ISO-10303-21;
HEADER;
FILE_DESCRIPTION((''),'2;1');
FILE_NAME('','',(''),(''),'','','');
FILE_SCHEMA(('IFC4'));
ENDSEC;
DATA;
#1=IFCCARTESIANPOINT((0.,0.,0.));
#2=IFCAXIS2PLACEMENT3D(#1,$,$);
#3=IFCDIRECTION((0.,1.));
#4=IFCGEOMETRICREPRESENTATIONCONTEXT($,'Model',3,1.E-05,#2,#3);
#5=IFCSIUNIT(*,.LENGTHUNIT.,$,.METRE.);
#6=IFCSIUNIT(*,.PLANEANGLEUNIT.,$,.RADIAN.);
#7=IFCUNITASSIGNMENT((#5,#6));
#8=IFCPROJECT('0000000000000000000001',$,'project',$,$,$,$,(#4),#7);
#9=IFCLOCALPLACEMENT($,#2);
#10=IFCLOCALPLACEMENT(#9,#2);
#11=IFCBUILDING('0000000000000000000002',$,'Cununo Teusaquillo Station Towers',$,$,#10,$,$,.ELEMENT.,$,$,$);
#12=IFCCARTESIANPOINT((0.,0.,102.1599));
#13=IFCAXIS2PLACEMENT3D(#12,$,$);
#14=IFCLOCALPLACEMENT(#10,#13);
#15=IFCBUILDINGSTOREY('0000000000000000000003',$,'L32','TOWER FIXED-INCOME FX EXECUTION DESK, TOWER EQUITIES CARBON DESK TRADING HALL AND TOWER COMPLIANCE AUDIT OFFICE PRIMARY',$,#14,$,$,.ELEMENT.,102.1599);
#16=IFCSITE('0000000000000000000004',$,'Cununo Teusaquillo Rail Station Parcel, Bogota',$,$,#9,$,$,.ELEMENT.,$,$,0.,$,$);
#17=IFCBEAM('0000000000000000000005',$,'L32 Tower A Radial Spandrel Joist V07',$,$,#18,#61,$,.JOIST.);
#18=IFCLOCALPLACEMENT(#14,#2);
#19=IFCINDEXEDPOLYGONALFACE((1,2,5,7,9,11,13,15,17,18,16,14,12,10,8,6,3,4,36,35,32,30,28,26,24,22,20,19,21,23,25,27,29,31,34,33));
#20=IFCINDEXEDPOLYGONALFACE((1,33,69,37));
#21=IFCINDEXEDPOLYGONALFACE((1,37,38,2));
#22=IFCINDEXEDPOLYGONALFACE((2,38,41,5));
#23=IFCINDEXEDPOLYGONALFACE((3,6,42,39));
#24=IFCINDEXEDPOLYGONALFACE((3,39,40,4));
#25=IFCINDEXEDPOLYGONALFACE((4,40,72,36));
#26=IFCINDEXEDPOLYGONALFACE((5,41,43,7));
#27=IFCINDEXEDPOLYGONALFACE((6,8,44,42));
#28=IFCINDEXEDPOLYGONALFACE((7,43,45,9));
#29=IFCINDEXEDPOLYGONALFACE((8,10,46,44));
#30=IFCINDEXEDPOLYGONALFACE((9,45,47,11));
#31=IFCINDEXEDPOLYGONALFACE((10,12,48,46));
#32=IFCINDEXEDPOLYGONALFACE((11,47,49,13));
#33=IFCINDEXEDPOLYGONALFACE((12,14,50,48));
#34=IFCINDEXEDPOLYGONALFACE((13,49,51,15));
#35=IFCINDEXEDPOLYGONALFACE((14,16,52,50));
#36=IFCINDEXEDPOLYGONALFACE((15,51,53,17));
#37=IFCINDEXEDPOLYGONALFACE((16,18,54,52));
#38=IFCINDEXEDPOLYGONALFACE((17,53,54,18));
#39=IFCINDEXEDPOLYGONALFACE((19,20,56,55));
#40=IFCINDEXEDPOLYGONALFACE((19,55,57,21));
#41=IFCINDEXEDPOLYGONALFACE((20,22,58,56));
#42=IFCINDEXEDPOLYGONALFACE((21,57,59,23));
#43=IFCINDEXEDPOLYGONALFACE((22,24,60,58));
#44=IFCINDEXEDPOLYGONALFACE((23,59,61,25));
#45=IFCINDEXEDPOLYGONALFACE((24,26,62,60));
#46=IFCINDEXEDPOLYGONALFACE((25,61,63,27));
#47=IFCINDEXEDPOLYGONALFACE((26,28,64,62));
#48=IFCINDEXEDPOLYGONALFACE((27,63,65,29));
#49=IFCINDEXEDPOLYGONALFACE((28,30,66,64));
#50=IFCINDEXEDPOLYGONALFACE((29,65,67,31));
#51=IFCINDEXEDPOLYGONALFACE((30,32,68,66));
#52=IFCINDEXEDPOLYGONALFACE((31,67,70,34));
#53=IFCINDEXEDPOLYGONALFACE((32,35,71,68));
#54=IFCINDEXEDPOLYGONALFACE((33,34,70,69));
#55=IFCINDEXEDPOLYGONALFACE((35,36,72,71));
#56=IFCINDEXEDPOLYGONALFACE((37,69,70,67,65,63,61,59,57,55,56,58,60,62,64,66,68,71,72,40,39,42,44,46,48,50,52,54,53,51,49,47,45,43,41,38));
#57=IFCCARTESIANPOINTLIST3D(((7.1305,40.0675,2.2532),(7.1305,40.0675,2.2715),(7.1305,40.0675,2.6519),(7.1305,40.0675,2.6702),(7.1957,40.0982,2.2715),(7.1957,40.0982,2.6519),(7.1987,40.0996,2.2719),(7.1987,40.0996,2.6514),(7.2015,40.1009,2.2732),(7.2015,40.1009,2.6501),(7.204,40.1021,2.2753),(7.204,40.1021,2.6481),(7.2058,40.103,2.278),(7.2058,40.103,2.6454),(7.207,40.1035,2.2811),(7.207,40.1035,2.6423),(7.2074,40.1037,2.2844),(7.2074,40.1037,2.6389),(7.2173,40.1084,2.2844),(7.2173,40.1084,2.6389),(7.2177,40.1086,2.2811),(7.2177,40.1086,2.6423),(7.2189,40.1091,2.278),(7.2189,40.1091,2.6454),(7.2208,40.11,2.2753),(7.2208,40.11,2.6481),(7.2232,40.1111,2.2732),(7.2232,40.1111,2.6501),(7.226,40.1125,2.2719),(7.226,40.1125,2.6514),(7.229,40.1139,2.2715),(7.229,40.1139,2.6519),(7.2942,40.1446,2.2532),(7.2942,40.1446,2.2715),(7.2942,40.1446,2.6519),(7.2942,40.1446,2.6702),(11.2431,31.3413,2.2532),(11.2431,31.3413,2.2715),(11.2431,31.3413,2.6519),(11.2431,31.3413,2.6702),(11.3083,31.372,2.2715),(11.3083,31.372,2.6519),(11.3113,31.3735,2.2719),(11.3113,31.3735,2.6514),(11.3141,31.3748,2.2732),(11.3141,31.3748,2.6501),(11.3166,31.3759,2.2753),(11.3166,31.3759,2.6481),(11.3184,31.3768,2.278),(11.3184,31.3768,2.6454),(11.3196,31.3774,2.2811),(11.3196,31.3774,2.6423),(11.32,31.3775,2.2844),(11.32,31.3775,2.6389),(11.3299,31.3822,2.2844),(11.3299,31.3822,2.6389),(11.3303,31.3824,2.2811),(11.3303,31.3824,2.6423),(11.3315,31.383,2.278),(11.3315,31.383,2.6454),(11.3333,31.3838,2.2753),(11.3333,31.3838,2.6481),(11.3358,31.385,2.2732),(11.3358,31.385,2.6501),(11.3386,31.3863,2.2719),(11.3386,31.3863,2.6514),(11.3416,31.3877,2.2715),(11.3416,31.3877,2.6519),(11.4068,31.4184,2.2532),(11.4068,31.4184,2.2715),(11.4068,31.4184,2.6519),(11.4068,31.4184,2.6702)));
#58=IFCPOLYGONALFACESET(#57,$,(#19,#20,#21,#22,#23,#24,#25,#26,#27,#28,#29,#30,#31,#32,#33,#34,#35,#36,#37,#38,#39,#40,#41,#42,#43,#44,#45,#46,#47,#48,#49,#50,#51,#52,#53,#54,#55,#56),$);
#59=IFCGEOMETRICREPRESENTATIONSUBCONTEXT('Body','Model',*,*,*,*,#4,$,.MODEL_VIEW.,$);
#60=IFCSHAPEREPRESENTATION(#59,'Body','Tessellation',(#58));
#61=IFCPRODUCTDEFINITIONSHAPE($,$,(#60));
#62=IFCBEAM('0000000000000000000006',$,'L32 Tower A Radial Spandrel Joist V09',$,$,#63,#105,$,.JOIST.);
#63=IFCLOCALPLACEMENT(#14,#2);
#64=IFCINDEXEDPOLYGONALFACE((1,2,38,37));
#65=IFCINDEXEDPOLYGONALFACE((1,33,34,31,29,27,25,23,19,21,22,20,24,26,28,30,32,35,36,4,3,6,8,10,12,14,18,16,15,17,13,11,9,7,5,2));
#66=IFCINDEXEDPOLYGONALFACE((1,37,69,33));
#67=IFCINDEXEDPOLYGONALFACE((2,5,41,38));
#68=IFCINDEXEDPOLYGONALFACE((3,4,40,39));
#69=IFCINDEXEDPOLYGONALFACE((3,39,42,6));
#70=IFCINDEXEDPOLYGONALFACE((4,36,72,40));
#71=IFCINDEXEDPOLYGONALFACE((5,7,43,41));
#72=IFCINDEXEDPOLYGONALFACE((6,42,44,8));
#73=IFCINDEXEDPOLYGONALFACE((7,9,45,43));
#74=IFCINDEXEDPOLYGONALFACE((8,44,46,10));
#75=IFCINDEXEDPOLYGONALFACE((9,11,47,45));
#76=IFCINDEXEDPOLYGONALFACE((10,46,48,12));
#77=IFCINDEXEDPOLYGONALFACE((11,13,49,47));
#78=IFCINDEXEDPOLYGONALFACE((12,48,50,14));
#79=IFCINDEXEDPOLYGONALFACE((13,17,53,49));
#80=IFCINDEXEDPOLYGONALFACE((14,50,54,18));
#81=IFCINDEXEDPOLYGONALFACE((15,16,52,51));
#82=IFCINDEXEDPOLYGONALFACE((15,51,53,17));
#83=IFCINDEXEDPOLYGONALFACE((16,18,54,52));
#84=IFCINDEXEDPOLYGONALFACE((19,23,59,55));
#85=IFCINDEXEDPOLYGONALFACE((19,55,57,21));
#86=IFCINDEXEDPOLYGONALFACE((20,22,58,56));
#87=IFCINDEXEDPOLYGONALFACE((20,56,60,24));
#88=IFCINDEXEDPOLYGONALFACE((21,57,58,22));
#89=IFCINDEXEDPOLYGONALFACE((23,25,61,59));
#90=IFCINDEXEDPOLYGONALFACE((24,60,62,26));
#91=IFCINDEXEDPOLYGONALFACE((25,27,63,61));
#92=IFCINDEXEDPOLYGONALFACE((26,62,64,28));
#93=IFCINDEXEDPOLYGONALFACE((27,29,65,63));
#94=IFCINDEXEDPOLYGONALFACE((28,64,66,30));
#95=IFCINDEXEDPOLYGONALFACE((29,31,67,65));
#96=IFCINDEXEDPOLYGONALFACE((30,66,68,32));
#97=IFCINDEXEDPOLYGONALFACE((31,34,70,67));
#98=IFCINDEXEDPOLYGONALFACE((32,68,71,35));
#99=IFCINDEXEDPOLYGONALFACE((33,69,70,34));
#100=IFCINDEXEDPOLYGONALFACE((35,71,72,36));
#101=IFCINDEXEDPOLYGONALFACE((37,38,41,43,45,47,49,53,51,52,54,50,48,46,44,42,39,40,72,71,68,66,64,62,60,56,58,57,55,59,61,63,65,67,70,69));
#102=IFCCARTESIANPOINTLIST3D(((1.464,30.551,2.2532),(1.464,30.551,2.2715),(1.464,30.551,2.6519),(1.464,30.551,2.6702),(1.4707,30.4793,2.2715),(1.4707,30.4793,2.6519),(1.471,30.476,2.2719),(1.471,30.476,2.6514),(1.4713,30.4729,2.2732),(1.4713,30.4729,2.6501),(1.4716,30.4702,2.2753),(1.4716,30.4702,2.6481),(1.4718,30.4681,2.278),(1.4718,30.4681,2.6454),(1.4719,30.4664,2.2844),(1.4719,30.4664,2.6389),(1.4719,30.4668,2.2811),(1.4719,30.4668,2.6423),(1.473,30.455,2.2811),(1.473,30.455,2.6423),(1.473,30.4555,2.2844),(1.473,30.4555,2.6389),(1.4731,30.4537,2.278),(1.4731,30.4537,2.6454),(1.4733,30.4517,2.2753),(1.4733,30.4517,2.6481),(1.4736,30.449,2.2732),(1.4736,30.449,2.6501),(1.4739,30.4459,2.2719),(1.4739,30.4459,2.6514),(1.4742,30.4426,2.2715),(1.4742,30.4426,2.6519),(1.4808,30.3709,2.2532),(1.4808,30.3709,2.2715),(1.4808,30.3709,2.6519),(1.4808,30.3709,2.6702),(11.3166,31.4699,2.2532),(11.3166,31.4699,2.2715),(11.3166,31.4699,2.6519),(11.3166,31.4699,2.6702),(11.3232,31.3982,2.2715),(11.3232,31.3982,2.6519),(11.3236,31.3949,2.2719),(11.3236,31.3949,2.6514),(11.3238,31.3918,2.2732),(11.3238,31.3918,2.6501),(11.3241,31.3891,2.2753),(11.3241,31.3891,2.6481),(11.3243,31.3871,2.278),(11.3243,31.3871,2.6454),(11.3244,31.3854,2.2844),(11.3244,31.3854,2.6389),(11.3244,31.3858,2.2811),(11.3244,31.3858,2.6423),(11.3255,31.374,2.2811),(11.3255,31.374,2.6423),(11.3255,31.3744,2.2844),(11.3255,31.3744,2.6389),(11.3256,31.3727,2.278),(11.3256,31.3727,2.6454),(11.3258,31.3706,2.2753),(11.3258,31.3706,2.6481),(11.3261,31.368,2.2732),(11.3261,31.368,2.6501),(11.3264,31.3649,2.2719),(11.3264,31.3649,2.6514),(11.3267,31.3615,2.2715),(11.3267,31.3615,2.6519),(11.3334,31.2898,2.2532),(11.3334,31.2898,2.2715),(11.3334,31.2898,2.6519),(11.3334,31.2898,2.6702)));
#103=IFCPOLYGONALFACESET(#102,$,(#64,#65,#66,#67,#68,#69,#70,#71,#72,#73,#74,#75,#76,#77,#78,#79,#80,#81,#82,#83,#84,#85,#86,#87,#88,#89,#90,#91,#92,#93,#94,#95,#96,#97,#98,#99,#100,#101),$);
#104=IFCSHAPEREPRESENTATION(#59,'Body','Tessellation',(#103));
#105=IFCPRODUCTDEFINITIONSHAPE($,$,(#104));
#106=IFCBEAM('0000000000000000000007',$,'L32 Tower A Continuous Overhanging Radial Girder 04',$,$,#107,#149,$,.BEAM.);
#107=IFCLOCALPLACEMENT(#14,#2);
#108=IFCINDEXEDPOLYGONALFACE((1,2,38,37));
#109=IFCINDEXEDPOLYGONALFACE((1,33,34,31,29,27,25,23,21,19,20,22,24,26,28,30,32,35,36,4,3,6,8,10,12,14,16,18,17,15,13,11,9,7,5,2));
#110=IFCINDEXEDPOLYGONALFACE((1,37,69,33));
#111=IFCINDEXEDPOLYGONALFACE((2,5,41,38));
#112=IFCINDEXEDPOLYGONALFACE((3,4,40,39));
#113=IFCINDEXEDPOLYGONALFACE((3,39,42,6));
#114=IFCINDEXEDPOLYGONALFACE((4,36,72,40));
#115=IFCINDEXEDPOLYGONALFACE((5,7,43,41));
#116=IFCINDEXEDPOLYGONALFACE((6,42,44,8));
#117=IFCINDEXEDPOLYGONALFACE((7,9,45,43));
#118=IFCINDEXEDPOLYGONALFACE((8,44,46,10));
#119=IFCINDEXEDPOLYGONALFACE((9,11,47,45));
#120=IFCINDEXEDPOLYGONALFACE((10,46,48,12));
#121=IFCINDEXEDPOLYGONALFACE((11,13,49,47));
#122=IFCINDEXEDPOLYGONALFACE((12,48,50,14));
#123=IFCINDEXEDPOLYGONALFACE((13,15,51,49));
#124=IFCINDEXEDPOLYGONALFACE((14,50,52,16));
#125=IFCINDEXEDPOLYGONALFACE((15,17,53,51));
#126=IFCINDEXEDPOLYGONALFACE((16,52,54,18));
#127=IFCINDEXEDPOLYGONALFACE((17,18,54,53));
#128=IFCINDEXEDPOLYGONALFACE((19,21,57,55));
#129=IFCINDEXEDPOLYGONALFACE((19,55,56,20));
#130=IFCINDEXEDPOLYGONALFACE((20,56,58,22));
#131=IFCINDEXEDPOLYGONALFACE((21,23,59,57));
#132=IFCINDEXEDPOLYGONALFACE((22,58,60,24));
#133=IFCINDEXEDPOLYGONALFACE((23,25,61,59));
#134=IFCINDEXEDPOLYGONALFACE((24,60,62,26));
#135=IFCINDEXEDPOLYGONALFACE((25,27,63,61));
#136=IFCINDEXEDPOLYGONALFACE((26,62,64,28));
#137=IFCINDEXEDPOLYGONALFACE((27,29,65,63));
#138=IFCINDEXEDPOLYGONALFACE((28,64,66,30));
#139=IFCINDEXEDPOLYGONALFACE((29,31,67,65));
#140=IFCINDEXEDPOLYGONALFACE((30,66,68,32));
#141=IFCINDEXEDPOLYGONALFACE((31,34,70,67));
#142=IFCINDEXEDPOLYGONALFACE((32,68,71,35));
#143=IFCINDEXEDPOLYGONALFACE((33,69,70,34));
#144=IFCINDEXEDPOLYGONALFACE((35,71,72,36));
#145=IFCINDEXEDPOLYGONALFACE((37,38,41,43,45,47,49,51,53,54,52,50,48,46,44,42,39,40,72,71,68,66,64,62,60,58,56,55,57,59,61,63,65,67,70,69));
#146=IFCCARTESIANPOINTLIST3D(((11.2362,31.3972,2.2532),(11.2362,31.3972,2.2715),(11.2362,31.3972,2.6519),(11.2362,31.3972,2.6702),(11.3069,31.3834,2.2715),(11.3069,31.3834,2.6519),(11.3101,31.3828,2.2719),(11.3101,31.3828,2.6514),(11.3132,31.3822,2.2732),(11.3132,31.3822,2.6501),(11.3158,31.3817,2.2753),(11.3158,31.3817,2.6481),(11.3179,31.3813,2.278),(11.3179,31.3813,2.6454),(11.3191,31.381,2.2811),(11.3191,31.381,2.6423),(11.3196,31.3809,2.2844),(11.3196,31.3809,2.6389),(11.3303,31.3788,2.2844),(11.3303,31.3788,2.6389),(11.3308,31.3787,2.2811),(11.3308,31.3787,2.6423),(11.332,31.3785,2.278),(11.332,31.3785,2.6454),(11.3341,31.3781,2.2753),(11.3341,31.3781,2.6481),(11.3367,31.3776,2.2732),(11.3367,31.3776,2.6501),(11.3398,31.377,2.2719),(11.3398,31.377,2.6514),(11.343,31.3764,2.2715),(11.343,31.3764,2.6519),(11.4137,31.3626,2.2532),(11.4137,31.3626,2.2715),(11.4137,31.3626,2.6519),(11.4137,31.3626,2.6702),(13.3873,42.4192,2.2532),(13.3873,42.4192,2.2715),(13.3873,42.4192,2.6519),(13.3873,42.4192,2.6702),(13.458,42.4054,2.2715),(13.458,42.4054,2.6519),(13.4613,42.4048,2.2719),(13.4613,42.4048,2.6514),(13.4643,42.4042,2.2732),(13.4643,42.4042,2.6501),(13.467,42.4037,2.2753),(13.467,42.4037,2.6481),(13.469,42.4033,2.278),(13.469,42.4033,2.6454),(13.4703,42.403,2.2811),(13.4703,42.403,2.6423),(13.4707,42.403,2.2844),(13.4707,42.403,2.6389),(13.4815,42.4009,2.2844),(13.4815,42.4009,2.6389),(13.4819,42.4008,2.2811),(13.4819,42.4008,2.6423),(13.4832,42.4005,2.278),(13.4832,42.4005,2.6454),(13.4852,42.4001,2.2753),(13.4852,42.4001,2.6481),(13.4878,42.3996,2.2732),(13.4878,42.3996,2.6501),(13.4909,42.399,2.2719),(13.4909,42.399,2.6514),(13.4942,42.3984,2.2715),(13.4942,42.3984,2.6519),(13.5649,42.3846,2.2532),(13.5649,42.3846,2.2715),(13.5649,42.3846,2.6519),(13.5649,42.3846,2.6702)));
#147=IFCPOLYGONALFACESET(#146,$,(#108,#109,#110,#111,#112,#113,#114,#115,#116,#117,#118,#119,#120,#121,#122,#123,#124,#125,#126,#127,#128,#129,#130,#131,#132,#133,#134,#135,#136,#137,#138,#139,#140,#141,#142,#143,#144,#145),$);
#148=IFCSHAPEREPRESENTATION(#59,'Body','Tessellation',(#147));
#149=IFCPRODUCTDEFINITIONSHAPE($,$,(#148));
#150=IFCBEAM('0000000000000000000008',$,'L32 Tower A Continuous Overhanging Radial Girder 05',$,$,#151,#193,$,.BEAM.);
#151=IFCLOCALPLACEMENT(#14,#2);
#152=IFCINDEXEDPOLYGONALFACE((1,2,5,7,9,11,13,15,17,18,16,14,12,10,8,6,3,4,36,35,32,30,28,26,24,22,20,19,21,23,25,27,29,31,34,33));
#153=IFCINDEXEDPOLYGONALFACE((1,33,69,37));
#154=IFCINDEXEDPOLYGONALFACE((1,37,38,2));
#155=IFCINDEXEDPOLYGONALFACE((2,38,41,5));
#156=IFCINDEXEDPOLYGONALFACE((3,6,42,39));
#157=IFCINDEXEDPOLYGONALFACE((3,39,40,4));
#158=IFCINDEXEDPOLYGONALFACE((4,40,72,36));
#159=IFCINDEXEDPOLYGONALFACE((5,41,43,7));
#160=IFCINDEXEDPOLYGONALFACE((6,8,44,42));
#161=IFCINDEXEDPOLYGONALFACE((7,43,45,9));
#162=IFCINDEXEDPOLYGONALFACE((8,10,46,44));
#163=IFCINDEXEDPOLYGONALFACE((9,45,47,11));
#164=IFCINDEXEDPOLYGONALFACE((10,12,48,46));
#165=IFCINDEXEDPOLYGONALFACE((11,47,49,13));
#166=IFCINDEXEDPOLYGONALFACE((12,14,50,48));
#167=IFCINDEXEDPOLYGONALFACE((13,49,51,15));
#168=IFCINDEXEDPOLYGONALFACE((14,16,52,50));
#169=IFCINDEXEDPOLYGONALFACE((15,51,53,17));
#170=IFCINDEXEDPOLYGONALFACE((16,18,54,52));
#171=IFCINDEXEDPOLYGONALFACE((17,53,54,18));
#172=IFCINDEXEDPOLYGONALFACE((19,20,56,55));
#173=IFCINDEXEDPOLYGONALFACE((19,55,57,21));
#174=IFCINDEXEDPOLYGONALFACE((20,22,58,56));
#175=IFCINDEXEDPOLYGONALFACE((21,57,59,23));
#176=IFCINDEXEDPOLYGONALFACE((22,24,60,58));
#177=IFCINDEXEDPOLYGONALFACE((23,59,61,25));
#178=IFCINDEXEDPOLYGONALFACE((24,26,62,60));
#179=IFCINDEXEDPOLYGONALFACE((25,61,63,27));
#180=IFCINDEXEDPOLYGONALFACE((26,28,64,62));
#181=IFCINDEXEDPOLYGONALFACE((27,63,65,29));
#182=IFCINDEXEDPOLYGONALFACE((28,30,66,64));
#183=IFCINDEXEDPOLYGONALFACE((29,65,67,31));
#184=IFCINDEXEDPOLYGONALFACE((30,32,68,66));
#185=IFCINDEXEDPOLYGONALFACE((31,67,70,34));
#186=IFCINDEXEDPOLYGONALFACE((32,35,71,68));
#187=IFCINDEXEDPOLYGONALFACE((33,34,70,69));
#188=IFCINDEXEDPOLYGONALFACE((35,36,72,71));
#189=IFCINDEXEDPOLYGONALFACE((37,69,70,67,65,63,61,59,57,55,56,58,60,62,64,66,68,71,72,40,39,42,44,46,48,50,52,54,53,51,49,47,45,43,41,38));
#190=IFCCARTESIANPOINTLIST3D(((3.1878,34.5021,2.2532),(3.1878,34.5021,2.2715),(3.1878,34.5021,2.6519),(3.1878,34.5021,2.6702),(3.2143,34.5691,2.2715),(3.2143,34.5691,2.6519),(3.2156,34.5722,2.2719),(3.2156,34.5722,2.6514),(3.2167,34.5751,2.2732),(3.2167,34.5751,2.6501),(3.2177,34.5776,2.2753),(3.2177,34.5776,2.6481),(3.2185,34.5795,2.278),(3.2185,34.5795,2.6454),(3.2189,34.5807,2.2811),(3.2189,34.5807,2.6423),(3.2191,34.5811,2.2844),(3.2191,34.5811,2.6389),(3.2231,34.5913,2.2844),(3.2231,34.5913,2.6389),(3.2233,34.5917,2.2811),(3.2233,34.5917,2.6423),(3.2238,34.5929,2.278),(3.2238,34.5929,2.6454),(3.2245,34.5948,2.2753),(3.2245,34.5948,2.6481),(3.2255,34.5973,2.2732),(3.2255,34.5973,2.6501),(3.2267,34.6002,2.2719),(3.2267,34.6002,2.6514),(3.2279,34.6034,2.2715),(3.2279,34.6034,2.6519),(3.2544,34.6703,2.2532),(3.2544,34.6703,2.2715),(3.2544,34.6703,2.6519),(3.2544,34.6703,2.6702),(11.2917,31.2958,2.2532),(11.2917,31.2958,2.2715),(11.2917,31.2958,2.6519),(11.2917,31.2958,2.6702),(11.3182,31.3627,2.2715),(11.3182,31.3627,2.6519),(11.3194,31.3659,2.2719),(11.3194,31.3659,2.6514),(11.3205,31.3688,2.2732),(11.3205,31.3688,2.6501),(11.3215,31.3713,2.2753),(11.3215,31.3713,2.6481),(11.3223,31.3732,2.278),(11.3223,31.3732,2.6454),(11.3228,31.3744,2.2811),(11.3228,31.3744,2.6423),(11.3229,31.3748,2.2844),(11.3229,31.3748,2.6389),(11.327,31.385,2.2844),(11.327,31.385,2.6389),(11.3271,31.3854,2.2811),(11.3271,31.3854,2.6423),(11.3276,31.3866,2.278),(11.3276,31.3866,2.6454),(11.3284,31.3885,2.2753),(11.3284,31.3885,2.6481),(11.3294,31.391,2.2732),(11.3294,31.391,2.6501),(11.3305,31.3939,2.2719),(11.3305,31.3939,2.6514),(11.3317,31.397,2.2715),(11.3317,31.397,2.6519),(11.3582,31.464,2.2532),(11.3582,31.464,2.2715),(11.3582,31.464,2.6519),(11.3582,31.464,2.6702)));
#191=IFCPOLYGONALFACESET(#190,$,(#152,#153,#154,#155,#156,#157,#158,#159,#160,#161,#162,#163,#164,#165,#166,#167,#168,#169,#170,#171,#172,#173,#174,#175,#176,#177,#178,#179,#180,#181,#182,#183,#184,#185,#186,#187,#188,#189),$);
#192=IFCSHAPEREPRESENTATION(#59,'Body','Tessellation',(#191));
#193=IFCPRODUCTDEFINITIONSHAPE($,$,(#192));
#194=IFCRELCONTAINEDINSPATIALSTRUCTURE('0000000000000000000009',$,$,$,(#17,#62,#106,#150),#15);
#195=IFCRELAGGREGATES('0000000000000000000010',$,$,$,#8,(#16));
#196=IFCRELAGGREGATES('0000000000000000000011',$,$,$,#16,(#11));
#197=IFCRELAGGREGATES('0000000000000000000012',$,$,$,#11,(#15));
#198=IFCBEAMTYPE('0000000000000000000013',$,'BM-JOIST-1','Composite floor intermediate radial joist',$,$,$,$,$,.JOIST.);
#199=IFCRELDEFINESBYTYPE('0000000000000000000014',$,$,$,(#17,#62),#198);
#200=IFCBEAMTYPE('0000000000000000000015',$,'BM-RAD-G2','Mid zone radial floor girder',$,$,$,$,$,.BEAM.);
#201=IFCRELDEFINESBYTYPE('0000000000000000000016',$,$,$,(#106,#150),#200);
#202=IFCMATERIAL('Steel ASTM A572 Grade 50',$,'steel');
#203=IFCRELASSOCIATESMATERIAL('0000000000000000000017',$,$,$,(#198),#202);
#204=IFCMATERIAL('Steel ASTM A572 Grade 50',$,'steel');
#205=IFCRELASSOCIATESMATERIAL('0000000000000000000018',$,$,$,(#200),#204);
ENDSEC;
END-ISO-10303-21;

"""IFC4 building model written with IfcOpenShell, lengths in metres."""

from ifc_helpers import new_model, si_unit, direction, frame, origin, origin_2d, place, context, subcontext, project, spatial, i_section, extrude, material, material_profile, profile_set, type_object, element, save


model = new_model("IFC4")

# Units and contexts
model_context = context("Model", 3, precision=1e-05, world=origin(), true_north=direction((0.0, 1.0)))
body_context = subcontext(model_context, "Body", "Model", "MODEL_VIEW")
ifc_project = project(units=[si_unit("LENGTHUNIT", "METRE"), si_unit("PLANEANGLEUNIT", "RADIAN")], contexts=[model_context])

# Site, building, storey
site_placement = place(None, origin())
site = spatial("IfcSite", under=ifc_project, at=site_placement, Name="Cununo Teusaquillo Rail Station Parcel, Bogota", CompositionType="ELEMENT", RefElevation=0.0)
building_placement = place(site_placement, origin())
building = spatial("IfcBuilding", under=site, at=building_placement, Name="Cununo Teusaquillo Station Towers", CompositionType="ELEMENT")
storey_placement = place(building_placement, frame((0.0, 0.0, 102.1599)))
storey = spatial("IfcBuildingStorey", under=building, at=storey_placement, Name="L32", Description="TOWER FIXED-INCOME FX EXECUTION DESK, TOWER EQUITIES CARBON DESK TRADING HALL AND TOWER COMPLIANCE AUDIT OFFICE PRIMARY", CompositionType="ELEMENT", Elevation=102.1599)

# Beams
ifc_material_1 = material(Name="Steel ASTM A572 Grade 50", Category="steel")
ifc_material_profile_1 = material_profile(ifc_material_1, i_section(OverallWidth=0.1809, OverallDepth=0.417, WebThickness=0.011, FlangeThickness=0.0183, FilletRadius=0.0129, at=origin_2d()), Name="W16X57")
ifc_profile_set_1 = profile_set([ifc_material_profile_1], Name="Steel ASTM A572 Grade 50")
beam_type_1 = type_object("IfcBeamType", Name="BM-JOIST-1", Description="Composite floor intermediate radial joist", PredefinedType="JOIST", material=ifc_profile_set_1)
beam_1_placement = place(storey_placement, frame((11.325, 31.3799, 2.4617), z_axis=(-0.42632, 0.904572, 0.0), x_axis=(-0.904572, -0.42632, 0.0)))
element("IfcBeam", 1, at=beam_1_placement, inside=storey, type_object=beam_type_1, Name="L32 Tower A Radial Spandrel Joist V07", PredefinedType="JOIST", context=body_context, shape_type="SweptSolid", body=[
    extrude(i_section(OverallWidth=0.1809, OverallDepth=0.417, WebThickness=0.011, FlangeThickness=0.0183, FilletRadius=0.0129, at=origin_2d()), origin(), (0.0, 0.0, 1.0), 9.6467),
])
beam_2_placement = place(storey_placement, frame((11.325, 31.3799, 2.4617), z_axis=(-0.995679, -0.092867, 0.0), x_axis=(0.092867, -0.995679, 0.0)))
element("IfcBeam", 2, at=beam_2_placement, inside=storey, type_object=beam_type_1, Name="L32 Tower A Radial Spandrel Joist V09", PredefinedType="JOIST", context=body_context, shape_type="SweptSolid", body=[
    extrude(i_section(OverallWidth=0.1809, OverallDepth=0.417, WebThickness=0.011, FlangeThickness=0.0183, FilletRadius=0.0129, at=origin_2d()), origin(), (0.0, 0.0, 1.0), 9.8953),
])
ifc_material_2 = material(Name="Steel ASTM A572 Grade 50", Category="steel")
ifc_material_profile_2 = material_profile(ifc_material_2, i_section(OverallWidth=0.1809, OverallDepth=0.417, WebThickness=0.011, FlangeThickness=0.0183, FilletRadius=0.0129, at=origin_2d()), Name="W16X57")
ifc_profile_set_2 = profile_set([ifc_material_profile_2], Name="Steel ASTM A572 Grade 50")
beam_type_2 = type_object("IfcBeamType", Name="BM-RAD-G2", Description="Mid zone radial floor girder", PredefinedType="BEAM", material=ifc_profile_set_2)
beam_3_placement = place(storey_placement, frame((11.325, 31.3799, 2.4617), z_axis=(0.191553, 0.981482, 0.0), x_axis=(-0.981482, 0.191553, 0.0)))
element("IfcBeam", 3, at=beam_3_placement, inside=storey, type_object=beam_type_2, Name="L32 Tower A Continuous Overhanging Radial Girder 04", PredefinedType="BEAM", context=body_context, shape_type="SweptSolid", body=[
    extrude(i_section(OverallWidth=0.1809, OverallDepth=0.417, WebThickness=0.011, FlangeThickness=0.0183, FilletRadius=0.0129, at=origin_2d()), origin(), (0.0, 0.0, 1.0), 11.23),
])
beam_4_placement = place(storey_placement, frame((11.325, 31.3799, 2.4617), z_axis=(-0.929863, 0.367906, 0.0), x_axis=(-0.367906, -0.929863, 0.0)))
element("IfcBeam", 4, at=beam_4_placement, inside=storey, type_object=beam_type_2, Name="L32 Tower A Continuous Overhanging Radial Girder 05", PredefinedType="BEAM", context=body_context, shape_type="SweptSolid", body=[
    extrude(i_section(OverallWidth=0.1809, OverallDepth=0.417, WebThickness=0.011, FlangeThickness=0.0183, FilletRadius=0.0129, at=origin_2d()), origin(), (0.0, 0.0, 1.0), 8.7151),
])

save(model, "model.ifc")
